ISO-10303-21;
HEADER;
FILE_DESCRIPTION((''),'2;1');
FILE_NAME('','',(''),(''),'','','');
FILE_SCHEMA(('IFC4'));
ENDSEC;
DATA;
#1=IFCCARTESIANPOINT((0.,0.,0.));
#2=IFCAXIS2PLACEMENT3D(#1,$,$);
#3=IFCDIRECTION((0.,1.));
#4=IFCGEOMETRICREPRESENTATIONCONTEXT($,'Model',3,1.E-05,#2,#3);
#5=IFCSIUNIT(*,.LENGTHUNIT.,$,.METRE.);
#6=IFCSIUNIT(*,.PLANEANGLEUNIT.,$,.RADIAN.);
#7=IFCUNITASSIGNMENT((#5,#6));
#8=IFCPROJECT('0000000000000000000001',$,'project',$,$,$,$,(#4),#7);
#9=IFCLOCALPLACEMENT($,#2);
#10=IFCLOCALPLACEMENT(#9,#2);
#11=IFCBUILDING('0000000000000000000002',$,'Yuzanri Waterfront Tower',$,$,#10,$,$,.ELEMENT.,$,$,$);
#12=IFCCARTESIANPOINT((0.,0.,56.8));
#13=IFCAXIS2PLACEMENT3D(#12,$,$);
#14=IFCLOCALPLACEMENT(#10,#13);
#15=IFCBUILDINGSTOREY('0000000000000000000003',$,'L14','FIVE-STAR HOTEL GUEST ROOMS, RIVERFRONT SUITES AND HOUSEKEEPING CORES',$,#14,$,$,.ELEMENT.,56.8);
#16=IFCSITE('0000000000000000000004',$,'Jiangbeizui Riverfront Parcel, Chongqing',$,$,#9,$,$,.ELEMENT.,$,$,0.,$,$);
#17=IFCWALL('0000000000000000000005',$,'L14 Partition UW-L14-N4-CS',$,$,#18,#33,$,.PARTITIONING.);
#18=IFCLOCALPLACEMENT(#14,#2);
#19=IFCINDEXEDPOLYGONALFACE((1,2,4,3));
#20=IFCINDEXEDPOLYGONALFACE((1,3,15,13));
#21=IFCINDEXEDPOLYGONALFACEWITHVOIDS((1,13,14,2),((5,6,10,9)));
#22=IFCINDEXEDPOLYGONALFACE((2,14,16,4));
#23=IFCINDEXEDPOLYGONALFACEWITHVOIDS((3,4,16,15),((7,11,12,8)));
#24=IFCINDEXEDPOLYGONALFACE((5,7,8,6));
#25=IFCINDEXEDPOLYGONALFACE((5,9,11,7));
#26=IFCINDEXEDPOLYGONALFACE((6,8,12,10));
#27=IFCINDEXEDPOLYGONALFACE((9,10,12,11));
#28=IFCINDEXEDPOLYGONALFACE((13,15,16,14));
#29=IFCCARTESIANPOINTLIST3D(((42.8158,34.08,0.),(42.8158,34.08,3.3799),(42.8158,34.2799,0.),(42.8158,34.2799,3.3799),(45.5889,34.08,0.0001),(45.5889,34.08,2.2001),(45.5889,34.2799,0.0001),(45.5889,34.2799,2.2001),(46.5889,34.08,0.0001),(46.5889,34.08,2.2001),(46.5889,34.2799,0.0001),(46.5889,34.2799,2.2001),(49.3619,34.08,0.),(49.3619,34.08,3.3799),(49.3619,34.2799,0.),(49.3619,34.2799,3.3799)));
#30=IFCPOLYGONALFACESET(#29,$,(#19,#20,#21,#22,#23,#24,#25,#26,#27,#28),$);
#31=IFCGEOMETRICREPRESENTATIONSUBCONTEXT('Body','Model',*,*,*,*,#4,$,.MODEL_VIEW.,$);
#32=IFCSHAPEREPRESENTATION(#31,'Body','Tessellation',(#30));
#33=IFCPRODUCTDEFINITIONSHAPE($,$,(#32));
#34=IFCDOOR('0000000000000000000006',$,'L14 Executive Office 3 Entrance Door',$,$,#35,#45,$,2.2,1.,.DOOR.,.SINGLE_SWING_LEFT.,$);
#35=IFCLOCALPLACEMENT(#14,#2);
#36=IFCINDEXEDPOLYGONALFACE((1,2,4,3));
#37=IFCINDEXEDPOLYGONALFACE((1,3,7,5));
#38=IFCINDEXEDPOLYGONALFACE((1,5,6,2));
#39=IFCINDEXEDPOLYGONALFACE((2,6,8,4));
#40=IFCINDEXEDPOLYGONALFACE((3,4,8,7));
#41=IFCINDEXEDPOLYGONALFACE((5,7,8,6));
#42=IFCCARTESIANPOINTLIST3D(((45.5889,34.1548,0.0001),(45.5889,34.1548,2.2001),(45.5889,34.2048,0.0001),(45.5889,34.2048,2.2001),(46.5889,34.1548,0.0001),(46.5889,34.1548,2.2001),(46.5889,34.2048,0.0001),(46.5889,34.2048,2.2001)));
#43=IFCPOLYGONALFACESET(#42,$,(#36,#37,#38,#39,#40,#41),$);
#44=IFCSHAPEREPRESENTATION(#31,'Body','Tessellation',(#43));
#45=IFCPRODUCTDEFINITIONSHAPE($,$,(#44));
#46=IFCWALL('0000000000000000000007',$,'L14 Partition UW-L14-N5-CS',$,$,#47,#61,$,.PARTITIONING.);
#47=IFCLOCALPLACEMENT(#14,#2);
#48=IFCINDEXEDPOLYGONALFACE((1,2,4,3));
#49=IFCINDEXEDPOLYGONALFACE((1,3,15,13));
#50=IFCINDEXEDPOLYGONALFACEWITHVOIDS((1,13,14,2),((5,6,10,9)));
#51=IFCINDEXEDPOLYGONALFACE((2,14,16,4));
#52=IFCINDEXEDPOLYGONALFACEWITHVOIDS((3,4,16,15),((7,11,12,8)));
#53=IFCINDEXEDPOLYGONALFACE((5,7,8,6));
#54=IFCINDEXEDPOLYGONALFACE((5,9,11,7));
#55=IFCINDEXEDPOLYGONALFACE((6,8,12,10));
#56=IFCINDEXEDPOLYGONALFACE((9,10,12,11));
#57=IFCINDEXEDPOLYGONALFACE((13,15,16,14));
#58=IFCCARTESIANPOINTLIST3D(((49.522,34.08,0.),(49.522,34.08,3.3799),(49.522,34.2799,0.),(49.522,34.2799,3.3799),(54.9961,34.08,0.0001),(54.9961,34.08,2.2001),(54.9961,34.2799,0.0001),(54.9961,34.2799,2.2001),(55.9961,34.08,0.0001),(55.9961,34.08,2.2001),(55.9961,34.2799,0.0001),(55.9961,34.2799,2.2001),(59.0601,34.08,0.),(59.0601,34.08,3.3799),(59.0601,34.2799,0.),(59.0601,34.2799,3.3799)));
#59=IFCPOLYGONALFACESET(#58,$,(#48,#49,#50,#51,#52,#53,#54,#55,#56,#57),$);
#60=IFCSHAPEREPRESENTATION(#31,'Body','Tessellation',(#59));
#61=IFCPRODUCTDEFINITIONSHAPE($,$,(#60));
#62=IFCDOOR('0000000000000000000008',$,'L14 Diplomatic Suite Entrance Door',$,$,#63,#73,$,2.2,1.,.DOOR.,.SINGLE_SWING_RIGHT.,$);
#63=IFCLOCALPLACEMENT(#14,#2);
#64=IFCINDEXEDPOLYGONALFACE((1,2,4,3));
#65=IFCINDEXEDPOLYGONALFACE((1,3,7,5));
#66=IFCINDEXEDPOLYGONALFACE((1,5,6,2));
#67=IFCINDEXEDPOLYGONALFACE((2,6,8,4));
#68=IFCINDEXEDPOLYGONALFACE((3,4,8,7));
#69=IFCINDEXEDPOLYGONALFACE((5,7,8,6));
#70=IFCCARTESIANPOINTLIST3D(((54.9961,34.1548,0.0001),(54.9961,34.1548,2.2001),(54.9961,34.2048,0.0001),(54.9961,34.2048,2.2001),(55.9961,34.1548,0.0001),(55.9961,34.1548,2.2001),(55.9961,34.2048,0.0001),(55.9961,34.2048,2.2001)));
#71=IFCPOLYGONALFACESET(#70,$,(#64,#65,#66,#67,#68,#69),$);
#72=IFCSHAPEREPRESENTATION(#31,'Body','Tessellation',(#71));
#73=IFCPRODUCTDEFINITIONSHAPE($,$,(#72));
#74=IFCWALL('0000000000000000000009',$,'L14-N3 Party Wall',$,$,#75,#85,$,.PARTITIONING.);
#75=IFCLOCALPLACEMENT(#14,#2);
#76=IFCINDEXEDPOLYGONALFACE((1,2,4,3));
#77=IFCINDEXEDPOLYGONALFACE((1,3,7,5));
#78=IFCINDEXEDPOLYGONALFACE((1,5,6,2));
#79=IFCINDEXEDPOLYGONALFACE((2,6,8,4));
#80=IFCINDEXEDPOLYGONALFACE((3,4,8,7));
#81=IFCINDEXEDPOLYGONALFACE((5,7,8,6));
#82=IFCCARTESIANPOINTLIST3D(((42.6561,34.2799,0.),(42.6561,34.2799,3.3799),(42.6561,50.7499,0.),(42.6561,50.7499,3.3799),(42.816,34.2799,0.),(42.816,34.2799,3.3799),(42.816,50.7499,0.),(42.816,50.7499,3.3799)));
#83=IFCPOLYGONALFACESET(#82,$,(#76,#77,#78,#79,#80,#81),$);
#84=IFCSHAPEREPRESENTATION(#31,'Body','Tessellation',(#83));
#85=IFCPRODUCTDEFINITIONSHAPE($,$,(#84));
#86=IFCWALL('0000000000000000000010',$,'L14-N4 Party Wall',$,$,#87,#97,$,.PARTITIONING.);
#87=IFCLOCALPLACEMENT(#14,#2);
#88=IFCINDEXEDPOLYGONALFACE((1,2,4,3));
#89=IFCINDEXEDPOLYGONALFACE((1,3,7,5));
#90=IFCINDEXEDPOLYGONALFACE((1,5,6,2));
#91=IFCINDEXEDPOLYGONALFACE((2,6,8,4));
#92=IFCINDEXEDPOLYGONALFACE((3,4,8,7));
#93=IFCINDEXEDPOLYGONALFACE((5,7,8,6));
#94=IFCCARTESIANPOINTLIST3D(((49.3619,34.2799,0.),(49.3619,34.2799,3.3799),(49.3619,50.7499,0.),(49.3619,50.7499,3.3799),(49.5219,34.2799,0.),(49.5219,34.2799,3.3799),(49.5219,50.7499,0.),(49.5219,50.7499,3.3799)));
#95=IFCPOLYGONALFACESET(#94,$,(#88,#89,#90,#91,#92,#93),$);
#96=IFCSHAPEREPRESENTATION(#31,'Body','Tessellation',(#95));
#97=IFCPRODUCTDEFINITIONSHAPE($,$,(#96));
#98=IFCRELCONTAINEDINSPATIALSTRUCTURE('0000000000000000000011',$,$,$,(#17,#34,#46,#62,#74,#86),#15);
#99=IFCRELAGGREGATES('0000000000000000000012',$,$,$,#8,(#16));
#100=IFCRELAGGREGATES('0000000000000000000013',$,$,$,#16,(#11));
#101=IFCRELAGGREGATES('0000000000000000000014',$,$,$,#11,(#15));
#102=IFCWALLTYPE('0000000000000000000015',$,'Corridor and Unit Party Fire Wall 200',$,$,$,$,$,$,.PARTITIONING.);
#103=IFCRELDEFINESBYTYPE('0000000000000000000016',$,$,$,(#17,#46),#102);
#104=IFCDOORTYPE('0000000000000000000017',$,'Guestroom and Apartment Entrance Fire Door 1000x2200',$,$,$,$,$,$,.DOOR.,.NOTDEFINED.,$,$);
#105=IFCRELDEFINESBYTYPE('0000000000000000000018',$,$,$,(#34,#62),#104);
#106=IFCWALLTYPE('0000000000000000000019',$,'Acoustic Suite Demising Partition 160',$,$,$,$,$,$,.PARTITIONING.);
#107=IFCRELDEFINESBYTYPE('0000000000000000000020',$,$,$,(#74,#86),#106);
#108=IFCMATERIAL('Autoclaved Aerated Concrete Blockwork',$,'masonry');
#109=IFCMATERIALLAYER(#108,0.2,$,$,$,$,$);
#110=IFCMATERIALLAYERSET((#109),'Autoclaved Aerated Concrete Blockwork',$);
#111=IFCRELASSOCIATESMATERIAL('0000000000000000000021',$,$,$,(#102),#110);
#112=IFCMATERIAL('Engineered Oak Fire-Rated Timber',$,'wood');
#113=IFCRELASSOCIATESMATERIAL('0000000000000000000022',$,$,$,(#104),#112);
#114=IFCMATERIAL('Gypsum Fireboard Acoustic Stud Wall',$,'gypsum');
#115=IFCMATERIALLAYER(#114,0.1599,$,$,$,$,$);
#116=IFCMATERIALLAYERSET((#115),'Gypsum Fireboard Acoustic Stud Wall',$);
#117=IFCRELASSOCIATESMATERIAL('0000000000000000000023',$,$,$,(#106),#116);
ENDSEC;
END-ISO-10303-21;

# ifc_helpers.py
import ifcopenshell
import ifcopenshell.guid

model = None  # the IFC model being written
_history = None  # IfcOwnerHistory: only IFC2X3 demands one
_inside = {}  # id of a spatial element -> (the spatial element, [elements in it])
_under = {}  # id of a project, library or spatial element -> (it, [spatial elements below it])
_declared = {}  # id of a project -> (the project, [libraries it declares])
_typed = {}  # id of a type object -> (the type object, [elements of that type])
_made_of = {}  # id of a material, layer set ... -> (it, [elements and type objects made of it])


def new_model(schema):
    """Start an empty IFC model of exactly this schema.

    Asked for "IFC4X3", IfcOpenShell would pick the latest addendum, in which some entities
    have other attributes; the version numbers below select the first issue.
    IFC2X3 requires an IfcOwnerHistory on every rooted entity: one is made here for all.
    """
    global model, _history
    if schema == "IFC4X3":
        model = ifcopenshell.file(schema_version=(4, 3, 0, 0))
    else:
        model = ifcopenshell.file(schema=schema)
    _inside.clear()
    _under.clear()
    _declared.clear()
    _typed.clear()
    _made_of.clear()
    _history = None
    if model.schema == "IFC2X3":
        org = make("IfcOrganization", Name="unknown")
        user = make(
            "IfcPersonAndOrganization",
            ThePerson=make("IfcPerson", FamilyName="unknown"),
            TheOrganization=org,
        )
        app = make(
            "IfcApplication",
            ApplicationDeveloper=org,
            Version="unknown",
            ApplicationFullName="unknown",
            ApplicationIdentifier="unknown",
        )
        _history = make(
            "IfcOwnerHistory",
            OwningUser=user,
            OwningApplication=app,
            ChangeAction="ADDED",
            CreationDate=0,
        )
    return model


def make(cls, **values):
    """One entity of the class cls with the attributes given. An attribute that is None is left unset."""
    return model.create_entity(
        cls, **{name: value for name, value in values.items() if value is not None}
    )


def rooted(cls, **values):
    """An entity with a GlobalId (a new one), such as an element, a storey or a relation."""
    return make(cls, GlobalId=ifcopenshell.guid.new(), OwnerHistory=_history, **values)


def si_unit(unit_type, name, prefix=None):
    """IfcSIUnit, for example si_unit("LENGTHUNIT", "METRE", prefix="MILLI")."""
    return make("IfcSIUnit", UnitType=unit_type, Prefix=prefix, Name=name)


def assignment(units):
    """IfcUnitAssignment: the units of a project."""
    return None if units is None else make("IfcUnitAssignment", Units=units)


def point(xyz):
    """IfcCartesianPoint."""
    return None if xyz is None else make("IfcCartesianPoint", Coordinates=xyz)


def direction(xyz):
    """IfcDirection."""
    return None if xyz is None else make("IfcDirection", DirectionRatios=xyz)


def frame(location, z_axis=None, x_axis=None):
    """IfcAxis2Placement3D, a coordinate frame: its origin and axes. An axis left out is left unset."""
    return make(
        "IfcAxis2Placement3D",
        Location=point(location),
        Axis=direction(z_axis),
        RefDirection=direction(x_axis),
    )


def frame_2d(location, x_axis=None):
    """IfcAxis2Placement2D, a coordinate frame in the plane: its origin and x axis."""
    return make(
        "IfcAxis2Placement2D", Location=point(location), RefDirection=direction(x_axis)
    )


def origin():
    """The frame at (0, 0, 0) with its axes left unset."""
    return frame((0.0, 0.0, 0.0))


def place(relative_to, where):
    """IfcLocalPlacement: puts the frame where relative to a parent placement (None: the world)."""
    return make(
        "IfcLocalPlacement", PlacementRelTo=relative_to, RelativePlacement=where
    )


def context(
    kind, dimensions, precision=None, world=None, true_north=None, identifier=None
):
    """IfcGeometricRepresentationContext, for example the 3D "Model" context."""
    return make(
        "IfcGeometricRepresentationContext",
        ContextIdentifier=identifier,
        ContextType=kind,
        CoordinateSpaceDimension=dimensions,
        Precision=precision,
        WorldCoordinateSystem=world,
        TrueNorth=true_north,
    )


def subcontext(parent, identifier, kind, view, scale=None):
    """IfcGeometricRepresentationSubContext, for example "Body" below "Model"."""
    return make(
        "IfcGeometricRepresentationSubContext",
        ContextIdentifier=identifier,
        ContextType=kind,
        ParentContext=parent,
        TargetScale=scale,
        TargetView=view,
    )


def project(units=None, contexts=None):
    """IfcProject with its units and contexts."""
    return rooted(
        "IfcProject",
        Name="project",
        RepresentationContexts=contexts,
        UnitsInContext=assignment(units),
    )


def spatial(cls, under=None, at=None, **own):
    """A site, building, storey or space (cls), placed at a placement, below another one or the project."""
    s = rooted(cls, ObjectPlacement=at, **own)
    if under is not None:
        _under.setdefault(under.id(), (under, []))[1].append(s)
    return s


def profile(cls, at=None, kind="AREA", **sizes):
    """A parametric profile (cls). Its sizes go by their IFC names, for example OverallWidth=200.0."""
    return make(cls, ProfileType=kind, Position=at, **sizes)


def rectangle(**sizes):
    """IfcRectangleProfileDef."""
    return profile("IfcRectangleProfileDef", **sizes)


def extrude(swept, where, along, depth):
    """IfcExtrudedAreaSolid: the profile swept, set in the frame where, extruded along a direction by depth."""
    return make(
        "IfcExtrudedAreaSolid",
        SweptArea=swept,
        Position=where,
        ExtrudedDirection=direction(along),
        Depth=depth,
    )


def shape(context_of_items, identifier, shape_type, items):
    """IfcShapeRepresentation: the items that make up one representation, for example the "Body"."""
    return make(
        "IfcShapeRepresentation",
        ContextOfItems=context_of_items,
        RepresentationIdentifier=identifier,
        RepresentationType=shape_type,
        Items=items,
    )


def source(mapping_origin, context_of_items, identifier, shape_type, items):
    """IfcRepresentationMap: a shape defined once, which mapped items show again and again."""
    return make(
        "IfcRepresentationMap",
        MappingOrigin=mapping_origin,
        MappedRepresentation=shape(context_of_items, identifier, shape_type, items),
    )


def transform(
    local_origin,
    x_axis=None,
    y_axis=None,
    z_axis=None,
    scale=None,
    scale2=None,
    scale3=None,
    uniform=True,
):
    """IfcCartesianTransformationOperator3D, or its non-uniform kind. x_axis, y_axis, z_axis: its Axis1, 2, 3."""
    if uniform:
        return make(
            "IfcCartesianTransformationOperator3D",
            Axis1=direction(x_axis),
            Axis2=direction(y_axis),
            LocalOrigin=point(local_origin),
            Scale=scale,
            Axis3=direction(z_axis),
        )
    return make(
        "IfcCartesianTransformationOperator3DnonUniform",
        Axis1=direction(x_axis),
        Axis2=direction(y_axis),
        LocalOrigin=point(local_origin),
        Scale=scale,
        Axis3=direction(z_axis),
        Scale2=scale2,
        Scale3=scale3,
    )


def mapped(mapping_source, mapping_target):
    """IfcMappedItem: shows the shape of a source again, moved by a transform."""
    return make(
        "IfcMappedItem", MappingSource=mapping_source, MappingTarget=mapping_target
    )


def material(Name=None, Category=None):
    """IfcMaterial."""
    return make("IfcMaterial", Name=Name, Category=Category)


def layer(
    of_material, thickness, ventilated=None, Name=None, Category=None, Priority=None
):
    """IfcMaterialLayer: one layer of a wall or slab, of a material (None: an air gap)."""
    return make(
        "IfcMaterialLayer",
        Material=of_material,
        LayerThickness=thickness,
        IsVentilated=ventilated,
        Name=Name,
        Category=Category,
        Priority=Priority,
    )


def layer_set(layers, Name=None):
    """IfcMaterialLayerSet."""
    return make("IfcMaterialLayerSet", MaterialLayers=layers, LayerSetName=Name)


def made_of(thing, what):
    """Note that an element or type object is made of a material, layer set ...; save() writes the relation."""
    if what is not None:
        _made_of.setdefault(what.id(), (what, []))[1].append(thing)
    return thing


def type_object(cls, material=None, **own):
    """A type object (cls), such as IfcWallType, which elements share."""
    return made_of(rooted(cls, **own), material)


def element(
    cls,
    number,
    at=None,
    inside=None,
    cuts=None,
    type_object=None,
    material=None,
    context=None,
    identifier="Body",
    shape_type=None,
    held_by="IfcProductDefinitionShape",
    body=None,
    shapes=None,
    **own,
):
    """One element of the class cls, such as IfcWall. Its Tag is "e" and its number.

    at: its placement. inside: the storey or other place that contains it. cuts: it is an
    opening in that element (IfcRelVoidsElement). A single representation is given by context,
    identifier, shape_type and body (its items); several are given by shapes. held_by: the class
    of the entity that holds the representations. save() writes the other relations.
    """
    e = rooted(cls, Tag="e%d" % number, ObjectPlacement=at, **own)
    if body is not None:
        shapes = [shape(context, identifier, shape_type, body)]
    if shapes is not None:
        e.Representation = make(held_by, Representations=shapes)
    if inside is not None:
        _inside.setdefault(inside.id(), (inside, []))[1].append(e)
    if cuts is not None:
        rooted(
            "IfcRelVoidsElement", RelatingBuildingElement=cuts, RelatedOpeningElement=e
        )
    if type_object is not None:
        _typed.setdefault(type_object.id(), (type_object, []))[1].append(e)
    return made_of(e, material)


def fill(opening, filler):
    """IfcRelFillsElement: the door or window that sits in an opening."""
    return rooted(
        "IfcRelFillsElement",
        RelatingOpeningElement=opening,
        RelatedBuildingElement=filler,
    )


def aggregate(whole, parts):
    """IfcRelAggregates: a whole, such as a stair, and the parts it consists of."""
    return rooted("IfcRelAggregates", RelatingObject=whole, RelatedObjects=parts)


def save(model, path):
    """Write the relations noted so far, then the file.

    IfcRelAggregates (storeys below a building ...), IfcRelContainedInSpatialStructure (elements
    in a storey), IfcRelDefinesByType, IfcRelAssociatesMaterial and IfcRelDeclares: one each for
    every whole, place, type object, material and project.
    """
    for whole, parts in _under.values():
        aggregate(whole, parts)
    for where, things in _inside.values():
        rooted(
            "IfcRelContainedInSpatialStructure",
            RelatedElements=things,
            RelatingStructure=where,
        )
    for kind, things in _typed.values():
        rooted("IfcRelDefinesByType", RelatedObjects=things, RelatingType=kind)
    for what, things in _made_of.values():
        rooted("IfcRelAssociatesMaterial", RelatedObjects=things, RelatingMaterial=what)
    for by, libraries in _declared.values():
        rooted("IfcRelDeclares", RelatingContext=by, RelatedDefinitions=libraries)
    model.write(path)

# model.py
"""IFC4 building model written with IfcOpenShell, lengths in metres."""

from ifc_helpers import new_model, si_unit, direction, frame, frame_2d, origin, place, context, subcontext, project, spatial, rectangle, extrude, source, transform, mapped, material, layer, layer_set, type_object, element, fill, save


model = new_model("IFC4")

# Units and contexts
model_context = context("Model", 3, precision=1e-05, world=origin(), true_north=direction((0.0, 1.0)))
body_context = subcontext(model_context, "Body", "Model", "MODEL_VIEW")
ifc_project = project(units=[si_unit("LENGTHUNIT", "METRE"), si_unit("PLANEANGLEUNIT", "RADIAN")], contexts=[model_context])

# Site, building, storey
site_placement = place(None, origin())
site = spatial("IfcSite", under=ifc_project, at=site_placement, Name="Jiangbeizui Riverfront Parcel, Chongqing", CompositionType="ELEMENT", RefElevation=0.0)
building_placement = place(site_placement, origin())
building = spatial("IfcBuilding", under=site, at=building_placement, Name="Yuzanri Waterfront Tower", CompositionType="ELEMENT")
storey_placement = place(building_placement, frame((0.0, 0.0, 56.8)))
storey = spatial("IfcBuildingStorey", under=building, at=storey_placement, Name="L14", Description="FIVE-STAR HOTEL GUEST ROOMS, RIVERFRONT SUITES AND HOUSEKEEPING CORES", CompositionType="ELEMENT", Elevation=56.8)

# Walls, openings, doors
ifc_material_1 = material(Name="Autoclaved Aerated Concrete Blockwork", Category="masonry")
ifc_layer_1 = layer(ifc_material_1, 0.2)
ifc_layer_set_1 = layer_set([ifc_layer_1], Name="Autoclaved Aerated Concrete Blockwork")
wall_type_1 = type_object("IfcWallType", Name="Corridor and Unit Party Fire Wall 200", PredefinedType="PARTITIONING", material=ifc_layer_set_1)
wall_1_placement = place(storey_placement, frame((42.8159, 34.1799, 0.0), z_axis=(0.0, 0.0, 1.0), x_axis=(1.0, 0.0, 0.0)))
wall_1 = element("IfcWall", 1, at=wall_1_placement, inside=storey, type_object=wall_type_1, Name="L14 Partition UW-L14-N4-CS", PredefinedType="PARTITIONING", context=body_context, shape_type="SweptSolid", body=[
    extrude(rectangle(XDim=6.5461, YDim=0.2, at=frame_2d((3.2729, 0.0))), origin(), (0.0, 0.0, 1.0), 3.3799),
])
opening_1_placement = place(wall_1_placement, frame((2.7729, 0.0, 0.0)))
opening_1 = element("IfcOpeningElement", 2, at=opening_1_placement, cuts=wall_1, PredefinedType="OPENING", context=body_context, shape_type="SweptSolid", body=[
    extrude(rectangle(XDim=1.0, YDim=2.2, at=frame_2d((0.5, 1.1001))), frame((0.0, 0.1147, 0.0), z_axis=(0.0, -1.0, 0.0), x_axis=(1.0, 0.0, 0.0)), (0.0, 0.0, 1.0), 0.2297),
])
ifc_material_2 = material(Name="Engineered Oak Fire-Rated Timber", Category="wood")
door_type_1 = type_object("IfcDoorType", Name="Guestroom and Apartment Entrance Fire Door 1000x2200", OperationType="NOTDEFINED", PredefinedType="DOOR", material=ifc_material_2)
shared_shape_1 = source(origin(), body_context, "Body", "SweptSolid", [
    extrude(rectangle(XDim=1.0, YDim=2.2, at=frame_2d((0.5, 1.1001))), frame((0.0, 0.0249, 0.0), z_axis=(0.0, -1.0, 0.0), x_axis=(1.0, 0.0, 0.0)), (0.0, 0.0, 1.0), 0.05),
])
door_1_placement = place(opening_1_placement, origin())
door_1 = element("IfcDoor", 3, at=door_1_placement, inside=storey, type_object=door_type_1, Name="L14 Executive Office 3 Entrance Door", OperationType="SINGLE_SWING_LEFT", OverallHeight=2.2, OverallWidth=1.0, PredefinedType="DOOR", context=body_context, shape_type="MappedRepresentation", body=[
    mapped(shared_shape_1, transform((0.0, 0.0, 0.0), scale=1.0)),
])
fill(opening_1, door_1)
wall_2_placement = place(storey_placement, frame((49.522, 34.1799, 0.0), z_axis=(0.0, 0.0, 1.0), x_axis=(1.0, 0.0, 0.0)))
wall_2 = element("IfcWall", 4, at=wall_2_placement, inside=storey, type_object=wall_type_1, Name="L14 Partition UW-L14-N5-CS", PredefinedType="PARTITIONING", context=body_context, shape_type="SweptSolid", body=[
    extrude(rectangle(XDim=9.5381, YDim=0.2, at=frame_2d((4.769, 0.0))), origin(), (0.0, 0.0, 1.0), 3.3799),
])
opening_2_placement = place(wall_2_placement, frame((5.4741, 0.0, 0.0)))
opening_2 = element("IfcOpeningElement", 5, at=opening_2_placement, cuts=wall_2, PredefinedType="OPENING", context=body_context, shape_type="SweptSolid", body=[
    extrude(rectangle(XDim=1.0, YDim=2.2, at=frame_2d((0.5, 1.1001))), frame((0.0, 0.1147, 0.0), z_axis=(0.0, -1.0, 0.0), x_axis=(1.0, 0.0, 0.0)), (0.0, 0.0, 1.0), 0.2297),
])
door_2_placement = place(opening_2_placement, origin())
door_2 = element("IfcDoor", 6, at=door_2_placement, inside=storey, type_object=door_type_1, Name="L14 Diplomatic Suite Entrance Door", OperationType="SINGLE_SWING_RIGHT", OverallHeight=2.2, OverallWidth=1.0, PredefinedType="DOOR", context=body_context, shape_type="MappedRepresentation", body=[
    mapped(shared_shape_1, transform((0.0, 0.0, 0.0), scale=1.0)),
])
fill(opening_2, door_2)

# Walls
ifc_material_3 = material(Name="Gypsum Fireboard Acoustic Stud Wall", Category="gypsum")
ifc_layer_2 = layer(ifc_material_3, 0.1599)
ifc_layer_set_2 = layer_set([ifc_layer_2], Name="Gypsum Fireboard Acoustic Stud Wall")
wall_type_2 = type_object("IfcWallType", Name="Acoustic Suite Demising Partition 160", PredefinedType="PARTITIONING", material=ifc_layer_set_2)
shared_shape_2 = source(origin(), body_context, "Body", "SweptSolid", [
    extrude(rectangle(XDim=16.47, YDim=0.1599, at=frame_2d((8.2349, 0.0))), origin(), (0.0, 0.0, 1.0), 3.3799),
])
for number, where, z_axis, x_axis, name in (
    (7, (42.7361, 34.28, 0.0), (0.0, 0.0, 1.0), (0.0, 1.0, 0.0), "L14-N3 Party Wall"),
    (8, (49.4419, 34.28, 0.0), (0.0, 0.0, 1.0), (0.0, 1.0, 0.0), "L14-N4 Party Wall"),
):
    element("IfcWall", number, at=place(storey_placement, frame(where, z_axis=z_axis, x_axis=x_axis)), inside=storey, type_object=wall_type_2, Name=name, PredefinedType="PARTITIONING", context=body_context, shape_type="MappedRepresentation", body=[
        mapped(shared_shape_2, transform((0.0, 0.0, 0.0), scale=1.0)),
    ])

save(model, "model.ifc")
